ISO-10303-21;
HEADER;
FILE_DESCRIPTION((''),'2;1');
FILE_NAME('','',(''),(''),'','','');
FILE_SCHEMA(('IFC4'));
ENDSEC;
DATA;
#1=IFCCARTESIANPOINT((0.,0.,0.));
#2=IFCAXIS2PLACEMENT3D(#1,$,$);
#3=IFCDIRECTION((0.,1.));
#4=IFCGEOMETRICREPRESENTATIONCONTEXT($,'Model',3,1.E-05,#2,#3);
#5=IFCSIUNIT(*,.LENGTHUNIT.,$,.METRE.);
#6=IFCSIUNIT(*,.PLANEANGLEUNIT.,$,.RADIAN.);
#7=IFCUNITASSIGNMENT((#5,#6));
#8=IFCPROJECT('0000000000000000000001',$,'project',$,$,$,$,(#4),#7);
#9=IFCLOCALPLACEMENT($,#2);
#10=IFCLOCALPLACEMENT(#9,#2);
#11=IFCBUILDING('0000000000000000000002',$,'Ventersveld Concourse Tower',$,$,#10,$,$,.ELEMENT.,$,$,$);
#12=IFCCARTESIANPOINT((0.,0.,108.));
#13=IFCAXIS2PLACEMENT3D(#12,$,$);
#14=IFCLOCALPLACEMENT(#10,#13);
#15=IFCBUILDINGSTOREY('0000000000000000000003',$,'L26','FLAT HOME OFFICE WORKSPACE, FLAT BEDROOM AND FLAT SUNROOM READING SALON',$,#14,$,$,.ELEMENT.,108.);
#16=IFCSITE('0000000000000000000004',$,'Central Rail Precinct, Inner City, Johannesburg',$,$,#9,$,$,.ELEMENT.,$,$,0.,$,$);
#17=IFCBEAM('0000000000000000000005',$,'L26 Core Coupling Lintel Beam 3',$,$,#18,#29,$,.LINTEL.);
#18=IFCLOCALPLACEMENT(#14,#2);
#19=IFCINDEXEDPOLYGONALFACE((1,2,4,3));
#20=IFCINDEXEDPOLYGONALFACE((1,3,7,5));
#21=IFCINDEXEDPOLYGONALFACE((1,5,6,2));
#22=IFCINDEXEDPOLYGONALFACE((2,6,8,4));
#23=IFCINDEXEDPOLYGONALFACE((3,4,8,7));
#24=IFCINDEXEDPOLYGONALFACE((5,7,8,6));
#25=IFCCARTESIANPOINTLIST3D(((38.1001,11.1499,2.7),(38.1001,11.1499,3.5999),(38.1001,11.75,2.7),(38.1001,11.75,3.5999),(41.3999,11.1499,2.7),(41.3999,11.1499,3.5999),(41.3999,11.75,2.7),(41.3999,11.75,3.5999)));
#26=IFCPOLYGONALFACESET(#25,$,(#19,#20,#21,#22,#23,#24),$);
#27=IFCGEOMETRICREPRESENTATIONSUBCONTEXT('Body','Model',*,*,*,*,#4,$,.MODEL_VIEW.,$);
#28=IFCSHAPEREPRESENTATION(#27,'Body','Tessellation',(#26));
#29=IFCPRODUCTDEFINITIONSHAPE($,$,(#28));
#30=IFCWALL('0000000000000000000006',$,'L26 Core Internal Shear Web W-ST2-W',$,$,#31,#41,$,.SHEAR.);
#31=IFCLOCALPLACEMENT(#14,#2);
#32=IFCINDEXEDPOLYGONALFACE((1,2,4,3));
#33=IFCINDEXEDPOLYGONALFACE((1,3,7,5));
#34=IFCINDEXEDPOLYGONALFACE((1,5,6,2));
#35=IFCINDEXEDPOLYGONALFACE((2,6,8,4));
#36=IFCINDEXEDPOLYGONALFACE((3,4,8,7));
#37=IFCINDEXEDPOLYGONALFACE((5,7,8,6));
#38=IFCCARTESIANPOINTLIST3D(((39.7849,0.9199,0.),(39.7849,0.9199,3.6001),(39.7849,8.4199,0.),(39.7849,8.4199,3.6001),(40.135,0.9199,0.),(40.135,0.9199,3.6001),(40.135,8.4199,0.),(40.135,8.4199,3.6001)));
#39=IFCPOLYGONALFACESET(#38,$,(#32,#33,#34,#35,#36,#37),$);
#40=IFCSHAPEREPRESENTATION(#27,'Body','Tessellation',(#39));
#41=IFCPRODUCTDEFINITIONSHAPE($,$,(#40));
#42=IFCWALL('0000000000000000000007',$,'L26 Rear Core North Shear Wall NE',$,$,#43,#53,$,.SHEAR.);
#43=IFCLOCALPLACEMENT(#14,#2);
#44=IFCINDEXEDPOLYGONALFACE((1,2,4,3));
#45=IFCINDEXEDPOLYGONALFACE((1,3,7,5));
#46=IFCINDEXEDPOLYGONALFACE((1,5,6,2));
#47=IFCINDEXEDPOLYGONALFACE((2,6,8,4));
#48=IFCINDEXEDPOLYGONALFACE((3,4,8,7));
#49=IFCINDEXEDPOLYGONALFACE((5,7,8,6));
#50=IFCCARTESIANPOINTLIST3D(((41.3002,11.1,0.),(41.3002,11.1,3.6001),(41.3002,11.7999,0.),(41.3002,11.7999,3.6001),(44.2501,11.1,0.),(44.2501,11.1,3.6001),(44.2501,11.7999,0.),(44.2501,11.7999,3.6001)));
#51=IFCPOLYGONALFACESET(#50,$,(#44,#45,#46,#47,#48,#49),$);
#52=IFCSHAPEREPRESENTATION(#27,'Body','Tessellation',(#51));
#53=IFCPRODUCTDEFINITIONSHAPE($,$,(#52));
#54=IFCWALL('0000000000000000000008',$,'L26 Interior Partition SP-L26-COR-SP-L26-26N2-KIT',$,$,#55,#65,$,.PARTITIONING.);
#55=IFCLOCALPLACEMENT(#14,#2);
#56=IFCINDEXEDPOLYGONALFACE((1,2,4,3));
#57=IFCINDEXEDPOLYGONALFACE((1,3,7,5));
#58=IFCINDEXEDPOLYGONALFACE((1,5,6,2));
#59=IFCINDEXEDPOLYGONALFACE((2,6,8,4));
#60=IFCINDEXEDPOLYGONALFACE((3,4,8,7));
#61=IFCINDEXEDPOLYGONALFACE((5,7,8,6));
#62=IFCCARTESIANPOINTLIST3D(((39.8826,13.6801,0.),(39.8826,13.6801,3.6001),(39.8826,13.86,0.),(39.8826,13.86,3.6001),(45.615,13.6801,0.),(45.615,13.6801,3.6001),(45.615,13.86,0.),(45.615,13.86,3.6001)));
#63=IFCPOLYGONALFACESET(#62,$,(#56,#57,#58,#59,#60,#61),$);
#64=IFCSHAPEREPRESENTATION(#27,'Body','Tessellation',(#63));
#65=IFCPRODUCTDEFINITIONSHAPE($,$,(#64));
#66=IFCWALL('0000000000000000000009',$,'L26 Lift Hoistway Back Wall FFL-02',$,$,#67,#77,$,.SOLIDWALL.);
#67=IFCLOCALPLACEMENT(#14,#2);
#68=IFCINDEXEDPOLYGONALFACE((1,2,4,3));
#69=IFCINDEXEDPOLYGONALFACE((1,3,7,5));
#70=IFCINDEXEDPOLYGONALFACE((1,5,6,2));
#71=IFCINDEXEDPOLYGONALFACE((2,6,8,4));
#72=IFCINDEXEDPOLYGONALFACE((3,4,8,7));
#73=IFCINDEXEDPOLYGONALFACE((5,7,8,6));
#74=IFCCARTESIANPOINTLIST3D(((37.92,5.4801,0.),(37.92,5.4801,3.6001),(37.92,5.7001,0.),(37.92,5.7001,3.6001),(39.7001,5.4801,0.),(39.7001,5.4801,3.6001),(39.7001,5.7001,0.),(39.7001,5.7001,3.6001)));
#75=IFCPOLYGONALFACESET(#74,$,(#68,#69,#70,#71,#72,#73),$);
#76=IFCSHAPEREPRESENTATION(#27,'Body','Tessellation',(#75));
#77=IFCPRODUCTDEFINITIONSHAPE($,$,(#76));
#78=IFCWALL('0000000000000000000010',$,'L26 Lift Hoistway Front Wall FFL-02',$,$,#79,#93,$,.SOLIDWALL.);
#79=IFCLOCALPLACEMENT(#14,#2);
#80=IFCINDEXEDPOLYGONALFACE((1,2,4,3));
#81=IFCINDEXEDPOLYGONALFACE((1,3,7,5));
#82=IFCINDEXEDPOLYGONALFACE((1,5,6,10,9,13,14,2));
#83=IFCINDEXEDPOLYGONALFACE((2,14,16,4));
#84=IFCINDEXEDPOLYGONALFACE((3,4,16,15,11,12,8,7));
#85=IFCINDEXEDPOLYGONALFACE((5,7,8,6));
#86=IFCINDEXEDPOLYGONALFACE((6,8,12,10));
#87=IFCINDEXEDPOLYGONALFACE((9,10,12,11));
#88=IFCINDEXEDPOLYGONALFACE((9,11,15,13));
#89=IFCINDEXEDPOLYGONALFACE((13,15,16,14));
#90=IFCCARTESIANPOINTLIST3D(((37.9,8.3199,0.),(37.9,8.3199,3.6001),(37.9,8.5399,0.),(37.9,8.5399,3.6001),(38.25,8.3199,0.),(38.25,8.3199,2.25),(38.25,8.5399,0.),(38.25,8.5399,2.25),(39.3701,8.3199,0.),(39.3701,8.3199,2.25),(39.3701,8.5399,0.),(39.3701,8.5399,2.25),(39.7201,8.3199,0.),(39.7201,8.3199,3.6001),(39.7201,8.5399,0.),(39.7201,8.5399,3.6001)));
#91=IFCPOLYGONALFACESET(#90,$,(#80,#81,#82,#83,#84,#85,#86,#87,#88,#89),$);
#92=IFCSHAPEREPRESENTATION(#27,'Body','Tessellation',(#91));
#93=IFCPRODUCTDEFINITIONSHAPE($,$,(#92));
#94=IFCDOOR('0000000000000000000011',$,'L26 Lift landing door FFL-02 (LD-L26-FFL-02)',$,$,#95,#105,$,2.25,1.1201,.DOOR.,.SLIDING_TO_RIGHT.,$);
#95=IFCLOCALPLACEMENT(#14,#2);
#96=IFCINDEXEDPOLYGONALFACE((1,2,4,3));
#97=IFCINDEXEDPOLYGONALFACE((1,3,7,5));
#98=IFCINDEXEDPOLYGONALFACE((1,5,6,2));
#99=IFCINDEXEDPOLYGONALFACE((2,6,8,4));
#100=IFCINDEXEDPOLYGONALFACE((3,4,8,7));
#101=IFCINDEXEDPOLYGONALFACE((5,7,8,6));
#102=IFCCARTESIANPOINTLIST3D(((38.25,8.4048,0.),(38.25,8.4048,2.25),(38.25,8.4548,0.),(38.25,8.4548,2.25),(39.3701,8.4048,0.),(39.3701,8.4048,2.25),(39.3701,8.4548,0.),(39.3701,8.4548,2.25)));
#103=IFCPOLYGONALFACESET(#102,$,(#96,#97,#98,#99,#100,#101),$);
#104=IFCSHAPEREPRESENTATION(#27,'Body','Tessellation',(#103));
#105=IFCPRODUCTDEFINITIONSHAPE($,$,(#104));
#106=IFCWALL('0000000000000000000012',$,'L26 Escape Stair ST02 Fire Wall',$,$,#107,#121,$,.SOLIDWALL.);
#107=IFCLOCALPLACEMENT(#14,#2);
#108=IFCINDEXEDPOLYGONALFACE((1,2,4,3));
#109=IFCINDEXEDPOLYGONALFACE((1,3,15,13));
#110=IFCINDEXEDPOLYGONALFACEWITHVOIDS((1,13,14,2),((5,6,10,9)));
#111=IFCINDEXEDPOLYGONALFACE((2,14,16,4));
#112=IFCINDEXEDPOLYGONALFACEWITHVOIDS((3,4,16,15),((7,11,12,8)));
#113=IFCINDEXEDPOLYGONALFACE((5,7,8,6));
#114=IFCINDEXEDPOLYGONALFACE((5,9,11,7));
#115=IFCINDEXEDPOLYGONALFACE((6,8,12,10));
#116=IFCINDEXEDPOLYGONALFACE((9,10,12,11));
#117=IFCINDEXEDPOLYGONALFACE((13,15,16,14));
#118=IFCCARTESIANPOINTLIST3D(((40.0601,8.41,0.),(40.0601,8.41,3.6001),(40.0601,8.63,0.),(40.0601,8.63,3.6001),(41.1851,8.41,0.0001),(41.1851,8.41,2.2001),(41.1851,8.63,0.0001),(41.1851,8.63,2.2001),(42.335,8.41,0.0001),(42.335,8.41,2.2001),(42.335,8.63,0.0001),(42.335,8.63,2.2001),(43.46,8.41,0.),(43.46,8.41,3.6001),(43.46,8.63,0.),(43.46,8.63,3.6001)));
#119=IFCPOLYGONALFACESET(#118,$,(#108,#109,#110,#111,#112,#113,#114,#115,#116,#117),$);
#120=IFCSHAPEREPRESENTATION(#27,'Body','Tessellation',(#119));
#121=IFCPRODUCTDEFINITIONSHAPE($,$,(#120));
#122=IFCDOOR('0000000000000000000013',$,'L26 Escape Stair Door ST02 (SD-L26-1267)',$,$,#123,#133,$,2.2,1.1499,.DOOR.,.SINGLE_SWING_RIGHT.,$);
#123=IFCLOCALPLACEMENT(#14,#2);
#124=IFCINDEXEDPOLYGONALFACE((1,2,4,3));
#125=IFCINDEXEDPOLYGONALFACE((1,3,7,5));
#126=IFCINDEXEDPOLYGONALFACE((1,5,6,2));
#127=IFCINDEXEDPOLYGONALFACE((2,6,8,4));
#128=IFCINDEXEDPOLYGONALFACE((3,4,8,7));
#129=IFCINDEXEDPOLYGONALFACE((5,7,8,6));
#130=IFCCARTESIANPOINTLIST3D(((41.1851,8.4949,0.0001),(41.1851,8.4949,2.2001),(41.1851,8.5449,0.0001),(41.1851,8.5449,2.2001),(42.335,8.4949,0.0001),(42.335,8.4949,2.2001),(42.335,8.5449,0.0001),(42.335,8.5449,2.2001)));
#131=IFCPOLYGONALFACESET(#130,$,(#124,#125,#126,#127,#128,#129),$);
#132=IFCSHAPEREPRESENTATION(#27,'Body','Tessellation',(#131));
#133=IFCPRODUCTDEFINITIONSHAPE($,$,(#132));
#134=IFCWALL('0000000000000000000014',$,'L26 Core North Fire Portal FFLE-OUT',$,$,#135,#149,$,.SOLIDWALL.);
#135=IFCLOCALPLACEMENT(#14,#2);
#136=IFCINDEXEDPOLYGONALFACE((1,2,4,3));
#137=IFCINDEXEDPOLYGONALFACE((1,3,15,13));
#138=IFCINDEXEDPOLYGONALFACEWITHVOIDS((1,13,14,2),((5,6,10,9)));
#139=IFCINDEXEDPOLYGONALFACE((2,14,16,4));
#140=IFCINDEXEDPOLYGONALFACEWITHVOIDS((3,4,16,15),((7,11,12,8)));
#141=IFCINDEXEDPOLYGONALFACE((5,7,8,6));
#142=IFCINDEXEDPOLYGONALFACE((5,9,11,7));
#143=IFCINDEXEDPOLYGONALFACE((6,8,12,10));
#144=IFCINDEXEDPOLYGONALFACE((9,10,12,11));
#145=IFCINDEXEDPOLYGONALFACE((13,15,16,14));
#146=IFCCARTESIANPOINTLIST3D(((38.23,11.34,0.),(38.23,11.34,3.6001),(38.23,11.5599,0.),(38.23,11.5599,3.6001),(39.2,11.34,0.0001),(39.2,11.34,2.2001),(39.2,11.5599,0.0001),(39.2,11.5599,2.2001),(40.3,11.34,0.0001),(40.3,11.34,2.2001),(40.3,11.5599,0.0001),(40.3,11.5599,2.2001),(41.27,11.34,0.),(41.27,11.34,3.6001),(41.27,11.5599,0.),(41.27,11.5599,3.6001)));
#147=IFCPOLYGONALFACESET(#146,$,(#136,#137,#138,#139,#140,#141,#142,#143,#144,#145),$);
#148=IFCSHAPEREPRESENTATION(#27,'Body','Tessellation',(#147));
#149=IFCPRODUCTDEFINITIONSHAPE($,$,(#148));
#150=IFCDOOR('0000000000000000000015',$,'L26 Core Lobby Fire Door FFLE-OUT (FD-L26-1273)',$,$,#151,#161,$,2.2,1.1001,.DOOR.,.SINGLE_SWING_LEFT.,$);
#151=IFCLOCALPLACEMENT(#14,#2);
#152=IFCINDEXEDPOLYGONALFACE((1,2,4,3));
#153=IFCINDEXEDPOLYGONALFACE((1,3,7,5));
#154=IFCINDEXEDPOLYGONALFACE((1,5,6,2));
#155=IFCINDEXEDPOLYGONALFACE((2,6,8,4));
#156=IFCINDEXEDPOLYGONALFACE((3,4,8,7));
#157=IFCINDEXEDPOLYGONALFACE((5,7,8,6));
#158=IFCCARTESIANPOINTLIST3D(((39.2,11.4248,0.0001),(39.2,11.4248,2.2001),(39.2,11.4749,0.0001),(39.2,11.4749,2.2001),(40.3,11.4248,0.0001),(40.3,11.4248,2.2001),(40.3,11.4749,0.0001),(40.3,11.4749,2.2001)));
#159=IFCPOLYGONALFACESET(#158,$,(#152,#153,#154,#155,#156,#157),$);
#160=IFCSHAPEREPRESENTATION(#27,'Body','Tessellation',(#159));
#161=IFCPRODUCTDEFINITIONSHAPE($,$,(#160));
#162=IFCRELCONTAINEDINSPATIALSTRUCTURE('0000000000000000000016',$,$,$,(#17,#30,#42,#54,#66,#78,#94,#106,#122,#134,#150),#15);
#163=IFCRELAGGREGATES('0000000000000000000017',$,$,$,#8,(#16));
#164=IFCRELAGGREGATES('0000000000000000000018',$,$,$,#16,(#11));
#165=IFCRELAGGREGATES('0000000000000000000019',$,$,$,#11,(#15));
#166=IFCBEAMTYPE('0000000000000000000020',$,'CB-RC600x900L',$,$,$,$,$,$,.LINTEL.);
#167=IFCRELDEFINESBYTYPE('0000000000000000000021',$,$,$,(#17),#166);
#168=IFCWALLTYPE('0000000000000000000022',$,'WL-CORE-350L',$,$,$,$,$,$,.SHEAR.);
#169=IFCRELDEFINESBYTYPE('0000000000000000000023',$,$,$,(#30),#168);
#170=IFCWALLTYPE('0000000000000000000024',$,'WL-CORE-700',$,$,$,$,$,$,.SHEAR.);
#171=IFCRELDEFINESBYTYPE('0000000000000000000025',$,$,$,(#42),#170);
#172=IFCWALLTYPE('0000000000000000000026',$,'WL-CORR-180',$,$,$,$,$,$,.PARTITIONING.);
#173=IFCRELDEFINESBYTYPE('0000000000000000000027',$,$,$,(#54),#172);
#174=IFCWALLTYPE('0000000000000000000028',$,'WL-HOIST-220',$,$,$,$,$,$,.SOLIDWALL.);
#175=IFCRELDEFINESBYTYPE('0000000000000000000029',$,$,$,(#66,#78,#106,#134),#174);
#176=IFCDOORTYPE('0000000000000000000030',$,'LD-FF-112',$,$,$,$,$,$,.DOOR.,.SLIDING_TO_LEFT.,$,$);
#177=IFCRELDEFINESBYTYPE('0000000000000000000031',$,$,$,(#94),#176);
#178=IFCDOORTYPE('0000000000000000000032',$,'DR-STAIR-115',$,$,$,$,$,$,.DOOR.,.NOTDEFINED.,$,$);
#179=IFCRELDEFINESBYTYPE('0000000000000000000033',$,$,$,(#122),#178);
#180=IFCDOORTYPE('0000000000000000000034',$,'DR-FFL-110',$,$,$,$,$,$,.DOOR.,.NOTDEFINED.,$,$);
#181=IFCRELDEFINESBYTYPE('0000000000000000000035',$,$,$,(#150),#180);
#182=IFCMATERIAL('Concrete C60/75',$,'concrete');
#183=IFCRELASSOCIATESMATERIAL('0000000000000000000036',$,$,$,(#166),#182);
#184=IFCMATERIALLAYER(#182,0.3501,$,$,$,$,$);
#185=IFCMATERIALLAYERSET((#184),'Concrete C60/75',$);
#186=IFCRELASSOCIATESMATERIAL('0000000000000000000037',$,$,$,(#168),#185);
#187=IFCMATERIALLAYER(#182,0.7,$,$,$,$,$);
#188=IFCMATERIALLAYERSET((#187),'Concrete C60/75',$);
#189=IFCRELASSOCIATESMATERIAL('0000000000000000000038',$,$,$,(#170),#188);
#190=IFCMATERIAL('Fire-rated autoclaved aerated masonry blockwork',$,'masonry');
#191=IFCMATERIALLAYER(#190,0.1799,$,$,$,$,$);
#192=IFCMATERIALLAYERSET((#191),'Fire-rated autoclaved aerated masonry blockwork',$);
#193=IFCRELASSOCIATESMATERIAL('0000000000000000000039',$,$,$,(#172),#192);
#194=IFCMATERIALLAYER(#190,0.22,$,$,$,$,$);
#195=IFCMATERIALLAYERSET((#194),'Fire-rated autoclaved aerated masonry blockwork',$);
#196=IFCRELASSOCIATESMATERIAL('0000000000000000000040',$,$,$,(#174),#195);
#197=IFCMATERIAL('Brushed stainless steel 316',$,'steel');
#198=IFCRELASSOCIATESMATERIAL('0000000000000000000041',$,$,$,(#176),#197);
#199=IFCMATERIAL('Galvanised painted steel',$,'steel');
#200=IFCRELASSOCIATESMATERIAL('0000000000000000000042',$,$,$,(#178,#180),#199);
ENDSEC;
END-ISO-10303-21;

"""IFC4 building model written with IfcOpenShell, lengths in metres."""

from ifc_helpers import new_model, si_unit, direction, frame, frame_2d, origin, origin_2d, place, context, subcontext, project, spatial, rectangle, extrude, material, layer, layer_set, material_profile, profile_set, type_object, element, fill, save


model = new_model("IFC4")

# Units and contexts
model_context = context("Model", 3, precision=1e-05, world=origin(), true_north=direction((0.0, 1.0)))
body_context = subcontext(model_context, "Body", "Model", "MODEL_VIEW")
ifc_project = project(units=[si_unit("LENGTHUNIT", "METRE"), si_unit("PLANEANGLEUNIT", "RADIAN")], contexts=[model_context])

# Site, building, storey
site_placement = place(None, origin())
site = spatial("IfcSite", under=ifc_project, at=site_placement, Name="Central Rail Precinct, Inner City, Johannesburg", CompositionType="ELEMENT", RefElevation=0.0)
building_placement = place(site_placement, origin())
building = spatial("IfcBuilding", under=site, at=building_placement, Name="Ventersveld Concourse Tower", CompositionType="ELEMENT")
storey_placement = place(building_placement, frame((0.0, 0.0, 108.0)))
storey = spatial("IfcBuildingStorey", under=building, at=storey_placement, Name="L26", Description="FLAT HOME OFFICE WORKSPACE, FLAT BEDROOM AND FLAT SUNROOM READING SALON", CompositionType="ELEMENT", Elevation=108.0)

# Beam
ifc_material_1 = material(Name="Concrete C60/75", Category="concrete")
ifc_material_profile = material_profile(ifc_material_1, rectangle(XDim=0.6001, YDim=0.8999, at=origin_2d()), Name="RC 600x900")
ifc_profile_set = profile_set([ifc_material_profile], Name="Concrete C60/75")
beam_type = type_object("IfcBeamType", Name="CB-RC600x900L", PredefinedType="LINTEL", material=ifc_profile_set)
beam_placement = place(storey_placement, frame((38.1001, 11.45, 3.1499), z_axis=(1.0, 0.0, 0.0), x_axis=(0.0, 1.0, 0.0)))
element("IfcBeam", 1, at=beam_placement, inside=storey, type_object=beam_type, Name="L26 Core Coupling Lintel Beam 3", PredefinedType="LINTEL", context=body_context, shape_type="SweptSolid", body=[
    extrude(rectangle(XDim=0.6001, YDim=0.8999, at=origin_2d()), origin(), (0.0, 0.0, 1.0), 3.2998),
])

# Walls
ifc_layer_1 = layer(ifc_material_1, 0.3501)
ifc_layer_set_1 = layer_set([ifc_layer_1], Name="Concrete C60/75")
wall_type_1 = type_object("IfcWallType", Name="WL-CORE-350L", PredefinedType="SHEAR", material=ifc_layer_set_1)
wall_1_placement = place(storey_placement, frame((39.96, 0.9199, 0.0), z_axis=(0.0, 0.0, 1.0), x_axis=(0.0, 1.0, 0.0)))
element("IfcWall", 2, at=wall_1_placement, inside=storey, type_object=wall_type_1, Name="L26 Core Internal Shear Web W-ST2-W", PredefinedType="SHEAR", context=body_context, shape_type="SweptSolid", body=[
    extrude(rectangle(XDim=7.5, YDim=0.3501, at=frame_2d((3.75, 0.0))), origin(), (0.0, 0.0, 1.0), 3.6001),
])
ifc_layer_2 = layer(ifc_material_1, 0.7)
ifc_layer_set_2 = layer_set([ifc_layer_2], Name="Concrete C60/75")
wall_type_2 = type_object("IfcWallType", Name="WL-CORE-700", PredefinedType="SHEAR", material=ifc_layer_set_2)
wall_2_placement = place(storey_placement, frame((41.3, 11.45, 0.0), z_axis=(0.0, 0.0, 1.0), x_axis=(1.0, 0.0, 0.0)))
element("IfcWall", 3, at=wall_2_placement, inside=storey, type_object=wall_type_2, Name="L26 Rear Core North Shear Wall NE", PredefinedType="SHEAR", context=body_context, shape_type="SweptSolid", body=[
    extrude(rectangle(XDim=2.95, YDim=0.7, at=frame_2d((1.4751, 0.0))), origin(), (0.0, 0.0, 1.0), 3.6001),
])
ifc_material_2 = material(Name="Fire-rated autoclaved aerated masonry blockwork", Category="masonry")
ifc_layer_3 = layer(ifc_material_2, 0.1799)
ifc_layer_set_3 = layer_set([ifc_layer_3], Name="Fire-rated autoclaved aerated masonry blockwork")
wall_type_3 = type_object("IfcWallType", Name="WL-CORR-180", PredefinedType="PARTITIONING", material=ifc_layer_set_3)
wall_3_placement = place(storey_placement, frame((39.8826, 13.77, 0.0), z_axis=(0.0, 0.0, 1.0), x_axis=(1.0, 0.0, 0.0)))
element("IfcWall", 4, at=wall_3_placement, inside=storey, type_object=wall_type_3, Name="L26 Interior Partition SP-L26-COR-SP-L26-26N2-KIT", PredefinedType="PARTITIONING", context=body_context, shape_type="SweptSolid", body=[
    extrude(rectangle(XDim=5.7324, YDim=0.1799, at=frame_2d((2.8662, 0.0))), origin(), (0.0, 0.0, 1.0), 3.6001),
])
ifc_layer_4 = layer(ifc_material_2, 0.22)
ifc_layer_set_4 = layer_set([ifc_layer_4], Name="Fire-rated autoclaved aerated masonry blockwork")
wall_type_4 = type_object("IfcWallType", Name="WL-HOIST-220", PredefinedType="SOLIDWALL", material=ifc_layer_set_4)
wall_4_placement = place(storey_placement, frame((37.9199, 5.5901, 0.0), z_axis=(0.0, 0.0, 1.0), x_axis=(1.0, 0.0, 0.0)))
element("IfcWall", 5, at=wall_4_placement, inside=storey, type_object=wall_type_4, Name="L26 Lift Hoistway Back Wall FFL-02", PredefinedType="SOLIDWALL", context=body_context, shape_type="SweptSolid", body=[
    extrude(rectangle(XDim=1.78, YDim=0.22, at=frame_2d((0.8901, 0.0))), origin(), (0.0, 0.0, 1.0), 3.6001),
])

# Walls, openings, doors
wall_5_placement = place(storey_placement, frame((37.8999, 8.4299, 0.0), z_axis=(0.0, 0.0, 1.0), x_axis=(1.0, 0.0, 0.0)))
wall_5 = element("IfcWall", 6, at=wall_5_placement, inside=storey, type_object=wall_type_4, Name="L26 Lift Hoistway Front Wall FFL-02", PredefinedType="SOLIDWALL", context=body_context, shape_type="SweptSolid", body=[
    extrude(rectangle(XDim=1.8201, YDim=0.22, at=frame_2d((0.9102, 0.0))), origin(), (0.0, 0.0, 1.0), 3.6001),
])
opening_1_placement = place(wall_5_placement, frame((0.3501, 0.0, 0.0)))
opening_1 = element("IfcOpeningElement", 7, at=opening_1_placement, cuts=wall_5, PredefinedType="OPENING", context=body_context, shape_type="SweptSolid", body=[
    extrude(rectangle(XDim=1.1201, YDim=2.25, at=frame_2d((0.5601, 1.125))), frame((0.0, 0.1201, 0.0), z_axis=(0.0, -1.0, 0.0), x_axis=(1.0, 0.0, 0.0)), (0.0, 0.0, 1.0), 0.24),
])
ifc_material_3 = material(Name="Brushed stainless steel 316", Category="steel")
door_type_1 = type_object("IfcDoorType", Name="LD-FF-112", OperationType="SLIDING_TO_LEFT", PredefinedType="DOOR", material=ifc_material_3)
door_1_placement = place(opening_1_placement, origin())
door_1 = element("IfcDoor", 8, at=door_1_placement, inside=storey, type_object=door_type_1, Name="L26 Lift landing door FFL-02 (LD-L26-FFL-02)", OperationType="SLIDING_TO_RIGHT", OverallHeight=2.25, OverallWidth=1.1201, PredefinedType="DOOR", context=body_context, shape_type="SweptSolid", body=[
    extrude(rectangle(XDim=1.1201, YDim=2.25, at=frame_2d((0.5601, 1.125))), frame((0.0, 0.0249, 0.0), z_axis=(0.0, -1.0, 0.0), x_axis=(1.0, 0.0, 0.0)), (0.0, 0.0, 1.0), 0.05),
])
fill(opening_1, door_1)
wall_6_placement = place(storey_placement, frame((40.0601, 8.52, 0.0), z_axis=(0.0, 0.0, 1.0), x_axis=(1.0, 0.0, 0.0)))
wall_6 = element("IfcWall", 9, at=wall_6_placement, inside=storey, type_object=wall_type_4, Name="L26 Escape Stair ST02 Fire Wall", PredefinedType="SOLIDWALL", context=body_context, shape_type="SweptSolid", body=[
    extrude(rectangle(XDim=3.3999, YDim=0.22, at=frame_2d((1.7, 0.0))), origin(), (0.0, 0.0, 1.0), 3.6001),
])
opening_2_placement = place(wall_6_placement, frame((1.125, 0.0, 0.0)))
opening_2 = element("IfcOpeningElement", 10, at=opening_2_placement, cuts=wall_6, PredefinedType="OPENING", context=body_context, shape_type="SweptSolid", body=[
    extrude(rectangle(XDim=1.1499, YDim=2.2, at=frame_2d((0.575, 1.1001))), frame((0.0, 0.1201, 0.0), z_axis=(0.0, -1.0, 0.0), x_axis=(1.0, 0.0, 0.0)), (0.0, 0.0, 1.0), 0.24),
])
ifc_material_4 = material(Name="Galvanised painted steel", Category="steel")
door_type_2 = type_object("IfcDoorType", Name="DR-STAIR-115", OperationType="NOTDEFINED", PredefinedType="DOOR", material=ifc_material_4)
door_2_placement = place(opening_2_placement, origin())
door_2 = element("IfcDoor", 11, at=door_2_placement, inside=storey, type_object=door_type_2, Name="L26 Escape Stair Door ST02 (SD-L26-1267)", OperationType="SINGLE_SWING_RIGHT", OverallHeight=2.2, OverallWidth=1.1499, PredefinedType="DOOR", context=body_context, shape_type="SweptSolid", body=[
    extrude(rectangle(XDim=1.1499, YDim=2.2, at=frame_2d((0.575, 1.1001))), frame((0.0, 0.0249, 0.0), z_axis=(0.0, -1.0, 0.0), x_axis=(1.0, 0.0, 0.0)), (0.0, 0.0, 1.0), 0.05),
])
fill(opening_2, door_2)
wall_7_placement = place(storey_placement, frame((38.23, 11.45, 0.0), z_axis=(0.0, 0.0, 1.0), x_axis=(1.0, 0.0, 0.0)))
wall_7 = element("IfcWall", 12, at=wall_7_placement, inside=storey, type_object=wall_type_4, Name="L26 Core North Fire Portal FFLE-OUT", PredefinedType="SOLIDWALL", context=body_context, shape_type="SweptSolid", body=[
    extrude(rectangle(XDim=3.04, YDim=0.22, at=frame_2d((1.52, 0.0))), origin(), (0.0, 0.0, 1.0), 3.6001),
])
opening_3_placement = place(wall_7_placement, frame((0.97, 0.0, 0.0)))
opening_3 = element("IfcOpeningElement", 13, at=opening_3_placement, cuts=wall_7, PredefinedType="OPENING", context=body_context, shape_type="SweptSolid", body=[
    extrude(rectangle(XDim=1.1001, YDim=2.2, at=frame_2d((0.55, 1.1001))), frame((0.0, 0.1201, 0.0), z_axis=(0.0, -1.0, 0.0), x_axis=(1.0, 0.0, 0.0)), (0.0, 0.0, 1.0), 0.24),
])
door_type_3 = type_object("IfcDoorType", Name="DR-FFL-110", OperationType="NOTDEFINED", PredefinedType="DOOR", material=ifc_material_4)
door_3_placement = place(opening_3_placement, origin())
door_3 = element("IfcDoor", 14, at=door_3_placement, inside=storey, type_object=door_type_3, Name="L26 Core Lobby Fire Door FFLE-OUT (FD-L26-1273)", OperationType="SINGLE_SWING_LEFT", OverallHeight=2.2, OverallWidth=1.1001, PredefinedType="DOOR", context=body_context, shape_type="SweptSolid", body=[
    extrude(rectangle(XDim=1.1001, YDim=2.2, at=frame_2d((0.55, 1.1001))), frame((0.0, 0.0249, 0.0), z_axis=(0.0, -1.0, 0.0), x_axis=(1.0, 0.0, 0.0)), (0.0, 0.0, 1.0), 0.05),
])
fill(opening_3, door_3)

save(model, "model.ifc")
